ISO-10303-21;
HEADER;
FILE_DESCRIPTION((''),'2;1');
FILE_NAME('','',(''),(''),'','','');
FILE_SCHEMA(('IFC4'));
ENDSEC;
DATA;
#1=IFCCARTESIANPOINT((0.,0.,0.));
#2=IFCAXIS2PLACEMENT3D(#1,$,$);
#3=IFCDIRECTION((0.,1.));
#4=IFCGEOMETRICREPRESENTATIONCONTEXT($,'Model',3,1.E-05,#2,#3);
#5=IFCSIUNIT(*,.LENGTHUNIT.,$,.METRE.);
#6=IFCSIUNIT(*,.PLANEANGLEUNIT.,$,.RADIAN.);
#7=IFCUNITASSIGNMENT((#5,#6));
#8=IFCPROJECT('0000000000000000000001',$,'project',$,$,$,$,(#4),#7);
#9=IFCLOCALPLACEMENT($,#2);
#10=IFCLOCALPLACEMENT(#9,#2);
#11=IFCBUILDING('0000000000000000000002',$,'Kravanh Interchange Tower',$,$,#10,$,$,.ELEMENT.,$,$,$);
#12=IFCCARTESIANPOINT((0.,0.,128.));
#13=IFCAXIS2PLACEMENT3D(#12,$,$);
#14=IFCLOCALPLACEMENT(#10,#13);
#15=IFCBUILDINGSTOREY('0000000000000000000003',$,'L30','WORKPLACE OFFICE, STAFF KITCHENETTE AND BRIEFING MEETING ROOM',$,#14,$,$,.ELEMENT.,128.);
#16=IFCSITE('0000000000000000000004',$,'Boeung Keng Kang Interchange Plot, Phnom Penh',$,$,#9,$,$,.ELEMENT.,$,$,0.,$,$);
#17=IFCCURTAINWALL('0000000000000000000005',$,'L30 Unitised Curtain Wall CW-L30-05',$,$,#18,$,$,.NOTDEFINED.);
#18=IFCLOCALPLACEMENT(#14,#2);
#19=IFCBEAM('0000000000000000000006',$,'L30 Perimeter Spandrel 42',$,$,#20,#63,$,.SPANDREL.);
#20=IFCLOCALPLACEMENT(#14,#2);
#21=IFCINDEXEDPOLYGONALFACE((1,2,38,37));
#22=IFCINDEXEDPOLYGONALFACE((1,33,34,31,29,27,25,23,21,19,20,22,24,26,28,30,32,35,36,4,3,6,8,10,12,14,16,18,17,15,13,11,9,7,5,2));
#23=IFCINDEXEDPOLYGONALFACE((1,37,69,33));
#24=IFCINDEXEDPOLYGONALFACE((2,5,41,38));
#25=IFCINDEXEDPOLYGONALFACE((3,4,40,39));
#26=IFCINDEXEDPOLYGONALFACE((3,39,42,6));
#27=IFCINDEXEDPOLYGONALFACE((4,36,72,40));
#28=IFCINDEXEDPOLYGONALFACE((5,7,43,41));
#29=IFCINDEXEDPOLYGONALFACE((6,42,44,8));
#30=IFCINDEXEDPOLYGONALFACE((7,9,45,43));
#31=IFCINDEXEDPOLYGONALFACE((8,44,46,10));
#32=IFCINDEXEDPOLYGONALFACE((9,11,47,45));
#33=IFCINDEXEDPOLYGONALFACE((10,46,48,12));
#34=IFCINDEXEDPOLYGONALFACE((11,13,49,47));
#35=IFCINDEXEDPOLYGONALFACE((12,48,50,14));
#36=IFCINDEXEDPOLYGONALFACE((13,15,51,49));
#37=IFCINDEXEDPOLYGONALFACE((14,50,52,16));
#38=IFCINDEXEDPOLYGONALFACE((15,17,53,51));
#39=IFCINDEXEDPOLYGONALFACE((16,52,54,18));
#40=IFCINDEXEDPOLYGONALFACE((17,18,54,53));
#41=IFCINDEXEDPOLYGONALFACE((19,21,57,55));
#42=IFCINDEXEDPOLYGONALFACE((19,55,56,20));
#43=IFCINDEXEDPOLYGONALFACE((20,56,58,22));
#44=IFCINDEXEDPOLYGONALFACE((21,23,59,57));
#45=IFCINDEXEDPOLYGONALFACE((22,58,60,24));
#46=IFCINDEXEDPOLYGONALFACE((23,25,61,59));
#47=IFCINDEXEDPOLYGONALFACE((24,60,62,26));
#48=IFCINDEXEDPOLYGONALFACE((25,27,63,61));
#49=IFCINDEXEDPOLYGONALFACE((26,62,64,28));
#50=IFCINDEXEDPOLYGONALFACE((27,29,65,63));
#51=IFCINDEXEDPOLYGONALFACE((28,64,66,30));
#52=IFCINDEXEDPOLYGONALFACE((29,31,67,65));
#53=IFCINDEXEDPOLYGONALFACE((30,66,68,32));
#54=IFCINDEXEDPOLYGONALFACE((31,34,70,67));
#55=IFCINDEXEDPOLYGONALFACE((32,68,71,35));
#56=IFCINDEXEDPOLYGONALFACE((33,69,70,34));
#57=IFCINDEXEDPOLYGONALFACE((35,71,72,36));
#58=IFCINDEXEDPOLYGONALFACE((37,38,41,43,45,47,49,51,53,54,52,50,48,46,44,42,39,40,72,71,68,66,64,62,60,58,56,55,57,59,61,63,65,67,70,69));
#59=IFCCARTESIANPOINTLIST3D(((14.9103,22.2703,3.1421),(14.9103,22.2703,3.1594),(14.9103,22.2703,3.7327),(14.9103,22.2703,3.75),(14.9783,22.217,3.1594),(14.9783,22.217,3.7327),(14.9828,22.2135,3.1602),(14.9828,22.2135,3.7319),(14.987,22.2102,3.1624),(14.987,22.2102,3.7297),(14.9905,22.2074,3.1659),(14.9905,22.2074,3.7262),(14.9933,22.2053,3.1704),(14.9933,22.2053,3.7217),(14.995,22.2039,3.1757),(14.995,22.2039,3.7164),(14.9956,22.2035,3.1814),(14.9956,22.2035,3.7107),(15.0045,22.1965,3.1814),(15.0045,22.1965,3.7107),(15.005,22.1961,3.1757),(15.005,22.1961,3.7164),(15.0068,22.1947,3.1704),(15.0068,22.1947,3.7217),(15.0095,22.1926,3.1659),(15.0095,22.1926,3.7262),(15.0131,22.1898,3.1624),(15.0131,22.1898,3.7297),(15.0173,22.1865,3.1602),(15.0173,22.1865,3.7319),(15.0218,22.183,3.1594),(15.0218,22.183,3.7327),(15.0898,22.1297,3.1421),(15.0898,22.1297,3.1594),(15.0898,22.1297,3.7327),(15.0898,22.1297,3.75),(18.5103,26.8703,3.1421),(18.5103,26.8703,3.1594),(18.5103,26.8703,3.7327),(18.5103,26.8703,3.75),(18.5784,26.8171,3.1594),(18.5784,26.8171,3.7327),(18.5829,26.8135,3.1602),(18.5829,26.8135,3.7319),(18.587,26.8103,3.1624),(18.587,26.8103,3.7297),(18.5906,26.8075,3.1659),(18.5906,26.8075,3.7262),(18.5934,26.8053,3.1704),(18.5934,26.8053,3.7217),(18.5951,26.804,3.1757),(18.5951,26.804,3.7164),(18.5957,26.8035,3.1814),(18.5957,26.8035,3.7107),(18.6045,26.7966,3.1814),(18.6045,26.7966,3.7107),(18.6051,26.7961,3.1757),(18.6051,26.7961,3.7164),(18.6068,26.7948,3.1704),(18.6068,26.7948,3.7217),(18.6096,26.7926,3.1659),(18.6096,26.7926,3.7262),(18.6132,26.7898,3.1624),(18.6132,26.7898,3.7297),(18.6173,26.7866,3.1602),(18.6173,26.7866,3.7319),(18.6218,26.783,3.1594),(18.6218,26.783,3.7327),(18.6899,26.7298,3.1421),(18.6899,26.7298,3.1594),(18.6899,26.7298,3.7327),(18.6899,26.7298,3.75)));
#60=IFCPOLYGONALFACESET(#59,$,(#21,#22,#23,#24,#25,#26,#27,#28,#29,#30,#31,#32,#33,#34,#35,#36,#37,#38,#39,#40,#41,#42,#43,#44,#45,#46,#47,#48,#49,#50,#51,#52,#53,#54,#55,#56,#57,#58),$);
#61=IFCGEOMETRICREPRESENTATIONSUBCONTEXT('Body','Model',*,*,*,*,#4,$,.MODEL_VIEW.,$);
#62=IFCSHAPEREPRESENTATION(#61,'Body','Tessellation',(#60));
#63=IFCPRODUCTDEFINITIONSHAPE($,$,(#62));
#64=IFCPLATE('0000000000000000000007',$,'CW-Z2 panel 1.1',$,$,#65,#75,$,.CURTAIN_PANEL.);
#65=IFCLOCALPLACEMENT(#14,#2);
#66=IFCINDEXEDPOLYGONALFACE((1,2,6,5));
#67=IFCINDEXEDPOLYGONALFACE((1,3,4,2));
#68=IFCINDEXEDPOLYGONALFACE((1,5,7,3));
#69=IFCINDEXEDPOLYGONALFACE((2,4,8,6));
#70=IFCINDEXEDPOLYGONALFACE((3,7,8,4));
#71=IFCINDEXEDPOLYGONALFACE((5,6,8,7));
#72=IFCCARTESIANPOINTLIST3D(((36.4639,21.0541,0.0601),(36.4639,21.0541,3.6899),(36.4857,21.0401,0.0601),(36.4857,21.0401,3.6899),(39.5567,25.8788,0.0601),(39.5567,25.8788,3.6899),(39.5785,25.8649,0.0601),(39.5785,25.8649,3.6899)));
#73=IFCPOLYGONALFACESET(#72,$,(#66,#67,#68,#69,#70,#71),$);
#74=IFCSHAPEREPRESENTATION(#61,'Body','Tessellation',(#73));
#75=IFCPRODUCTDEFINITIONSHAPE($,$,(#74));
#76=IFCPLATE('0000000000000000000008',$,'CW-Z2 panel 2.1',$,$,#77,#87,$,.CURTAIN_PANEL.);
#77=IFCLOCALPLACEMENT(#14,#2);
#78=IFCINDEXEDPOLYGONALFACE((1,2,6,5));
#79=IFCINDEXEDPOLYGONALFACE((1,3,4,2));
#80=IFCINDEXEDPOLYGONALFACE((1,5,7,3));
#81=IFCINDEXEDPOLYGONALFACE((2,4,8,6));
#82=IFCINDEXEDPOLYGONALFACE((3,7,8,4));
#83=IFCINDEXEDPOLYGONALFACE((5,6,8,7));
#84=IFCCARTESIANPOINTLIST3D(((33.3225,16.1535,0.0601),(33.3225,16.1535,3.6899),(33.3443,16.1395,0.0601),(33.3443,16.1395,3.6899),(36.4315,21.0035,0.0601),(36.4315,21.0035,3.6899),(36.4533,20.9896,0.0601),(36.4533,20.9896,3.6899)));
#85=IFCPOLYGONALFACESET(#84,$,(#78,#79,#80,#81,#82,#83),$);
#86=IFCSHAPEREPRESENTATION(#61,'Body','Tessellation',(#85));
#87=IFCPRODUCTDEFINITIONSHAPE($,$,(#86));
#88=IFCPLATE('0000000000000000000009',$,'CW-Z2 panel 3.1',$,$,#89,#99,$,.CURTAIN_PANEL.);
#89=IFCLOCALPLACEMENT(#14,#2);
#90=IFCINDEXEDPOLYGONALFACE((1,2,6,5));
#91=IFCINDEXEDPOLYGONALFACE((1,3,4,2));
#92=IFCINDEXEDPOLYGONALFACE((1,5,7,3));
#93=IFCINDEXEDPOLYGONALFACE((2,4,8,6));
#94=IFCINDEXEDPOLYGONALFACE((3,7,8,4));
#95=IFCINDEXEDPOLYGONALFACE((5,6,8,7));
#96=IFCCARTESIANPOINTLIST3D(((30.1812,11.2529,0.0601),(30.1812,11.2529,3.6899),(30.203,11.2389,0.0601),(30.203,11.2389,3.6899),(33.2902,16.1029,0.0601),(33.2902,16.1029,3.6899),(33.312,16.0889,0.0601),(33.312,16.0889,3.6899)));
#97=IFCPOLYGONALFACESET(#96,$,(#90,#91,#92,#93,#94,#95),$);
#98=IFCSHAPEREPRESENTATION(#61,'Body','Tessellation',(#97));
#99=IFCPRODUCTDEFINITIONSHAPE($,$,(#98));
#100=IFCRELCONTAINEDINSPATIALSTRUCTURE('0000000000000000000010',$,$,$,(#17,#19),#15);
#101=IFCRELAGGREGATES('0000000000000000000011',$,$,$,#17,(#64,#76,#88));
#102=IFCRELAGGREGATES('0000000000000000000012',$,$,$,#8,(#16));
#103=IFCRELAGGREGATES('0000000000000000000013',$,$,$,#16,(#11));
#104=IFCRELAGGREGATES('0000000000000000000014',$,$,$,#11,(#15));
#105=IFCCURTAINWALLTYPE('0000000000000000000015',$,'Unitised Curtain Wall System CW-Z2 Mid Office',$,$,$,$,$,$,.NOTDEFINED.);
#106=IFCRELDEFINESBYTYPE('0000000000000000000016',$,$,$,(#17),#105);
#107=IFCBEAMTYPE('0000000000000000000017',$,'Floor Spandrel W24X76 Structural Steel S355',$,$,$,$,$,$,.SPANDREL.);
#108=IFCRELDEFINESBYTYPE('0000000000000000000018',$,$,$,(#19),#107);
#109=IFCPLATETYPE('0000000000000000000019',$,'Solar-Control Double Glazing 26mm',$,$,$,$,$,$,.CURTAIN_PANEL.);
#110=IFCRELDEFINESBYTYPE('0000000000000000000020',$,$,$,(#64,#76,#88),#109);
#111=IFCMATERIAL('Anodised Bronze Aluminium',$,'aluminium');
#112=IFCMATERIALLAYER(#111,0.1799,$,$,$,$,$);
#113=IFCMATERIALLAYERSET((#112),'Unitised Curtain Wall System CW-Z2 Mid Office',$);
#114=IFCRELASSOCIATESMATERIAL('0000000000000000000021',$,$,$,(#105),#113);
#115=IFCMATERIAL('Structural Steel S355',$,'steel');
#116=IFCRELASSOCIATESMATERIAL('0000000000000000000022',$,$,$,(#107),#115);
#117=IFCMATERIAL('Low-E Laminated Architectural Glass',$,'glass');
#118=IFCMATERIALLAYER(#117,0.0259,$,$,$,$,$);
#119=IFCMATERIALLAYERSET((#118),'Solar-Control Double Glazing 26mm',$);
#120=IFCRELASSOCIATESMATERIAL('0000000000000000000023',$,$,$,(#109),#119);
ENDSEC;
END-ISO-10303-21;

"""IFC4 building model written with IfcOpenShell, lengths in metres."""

from ifc_helpers import new_model, si_unit, direction, frame, origin, origin_2d, place, context, subcontext, project, spatial, rectangle, i_section, extrude, material, layer, layer_set, material_profile, profile_set, type_object, element, aggregate, save


model = new_model("IFC4")

# Units and contexts
model_context = context("Model", 3, precision=1e-05, world=origin(), true_north=direction((0.0, 1.0)))
body_context = subcontext(model_context, "Body", "Model", "MODEL_VIEW")
ifc_project = project(units=[si_unit("LENGTHUNIT", "METRE"), si_unit("PLANEANGLEUNIT", "RADIAN")], contexts=[model_context])

# Site, building, storey
site_placement = place(None, origin())
site = spatial("IfcSite", under=ifc_project, at=site_placement, Name="Boeung Keng Kang Interchange Plot, Phnom Penh", CompositionType="ELEMENT", RefElevation=0.0)
building_placement = place(site_placement, origin())
building = spatial("IfcBuilding", under=site, at=building_placement, Name="Kravanh Interchange Tower", CompositionType="ELEMENT")
storey_placement = place(building_placement, frame((0.0, 0.0, 128.0)))
storey = spatial("IfcBuildingStorey", under=building, at=storey_placement, Name="L30", Description="WORKPLACE OFFICE, STAFF KITCHENETTE AND BRIEFING MEETING ROOM", CompositionType="ELEMENT", Elevation=128.0)

# Curtain wall
ifc_material_1 = material(Name="Anodised Bronze Aluminium", Category="aluminium")
ifc_layer_1 = layer(ifc_material_1, 0.1799)
ifc_layer_set_1 = layer_set([ifc_layer_1], Name="Unitised Curtain Wall System CW-Z2 Mid Office")
curtain_wall_type = type_object("IfcCurtainWallType", Name="Unitised Curtain Wall System CW-Z2 Mid Office", PredefinedType="NOTDEFINED", material=ifc_layer_set_1)
curtain_wall_placement = place(storey_placement, origin())
curtain_wall = element("IfcCurtainWall", 1, at=curtain_wall_placement, inside=storey, type_object=curtain_wall_type, Name="L30 Unitised Curtain Wall CW-L30-05", PredefinedType="NOTDEFINED")

# Beam
ifc_material_2 = material(Name="Structural Steel S355", Category="steel")
ifc_material_profile_1 = material_profile(ifc_material_2, i_section(OverallWidth=0.228, OverallDepth=0.6079, WebThickness=0.0112, FlangeThickness=0.0173, FilletRadius=0.022, at=origin_2d()), Name="W24X76")
ifc_profile_set_1 = profile_set([ifc_material_profile_1], Name="Structural Steel S355")
beam_type_1 = type_object("IfcBeamType", Name="Floor Spandrel W24X76 Structural Steel S355", PredefinedType="SPANDREL", material=ifc_profile_set_1)
beam_1_placement = place(storey_placement, frame((18.6001, 26.8, 3.446), z_axis=(-0.616311, -0.787503, 0.0), x_axis=(0.787503, -0.616311, 0.0)))
element("IfcBeam", 2, at=beam_1_placement, inside=storey, type_object=beam_type_1, Name="L30 Perimeter Spandrel 42", PredefinedType="SPANDREL", context=body_context, shape_type="SweptSolid", body=[
    extrude(i_section(OverallWidth=0.228, OverallDepth=0.6079, WebThickness=0.0112, FlangeThickness=0.0173, FilletRadius=0.022, at=origin_2d()), origin(), (0.0, 0.0, 1.0), 5.8413),
])

# Plates
ifc_material_3 = material(Name="Low-E Laminated Architectural Glass", Category="glass")
ifc_layer_2 = layer(ifc_material_3, 0.0259)
ifc_layer_set_2 = layer_set([ifc_layer_2], Name="Solar-Control Double Glazing 26mm")
plate_type = type_object("IfcPlateType", Name="Solar-Control Double Glazing 26mm", PredefinedType="CURTAIN_PANEL", material=ifc_layer_set_2)
plate_1_placement = place(storey_placement, frame((38.0212, 23.4595, 0.0601), z_axis=(0.0, 0.0, 1.0), x_axis=(-0.539665, -0.84188, 0.0)))
plate_1 = element("IfcPlate", 3, at=plate_1_placement, type_object=plate_type, Name="CW-Z2 panel 1.1", PredefinedType="CURTAIN_PANEL", context=body_context, shape_type="SweptSolid", body=[
    extrude(rectangle(XDim=5.731, YDim=0.0259, at=origin_2d()), origin(), (0.0, 0.0, 1.0), 3.6299),
])
plate_2_placement = place(storey_placement, frame((34.8879, 18.5715, 0.0601), z_axis=(0.0, 0.0, 1.0), x_axis=(-0.539665, -0.84188, 0.0)))
plate_2 = element("IfcPlate", 4, at=plate_2_placement, type_object=plate_type, Name="CW-Z2 panel 2.1", PredefinedType="CURTAIN_PANEL", context=body_context, shape_type="SweptSolid", body=[
    extrude(rectangle(XDim=5.761, YDim=0.0259, at=origin_2d()), origin(), (0.0, 0.0, 1.0), 3.6299),
])
plate_3_placement = place(storey_placement, frame((31.7466, 13.6709, 0.0601), z_axis=(0.0, 0.0, 1.0), x_axis=(-0.539665, -0.84188, 0.0)))
plate_3 = element("IfcPlate", 5, at=plate_3_placement, type_object=plate_type, Name="CW-Z2 panel 3.1", PredefinedType="CURTAIN_PANEL", context=body_context, shape_type="SweptSolid", body=[
    extrude(rectangle(XDim=5.761, YDim=0.0259, at=origin_2d()), origin(), (0.0, 0.0, 1.0), 3.6299),
])
aggregate(curtain_wall, [plate_1, plate_2, plate_3])

save(model, "model.ifc")
